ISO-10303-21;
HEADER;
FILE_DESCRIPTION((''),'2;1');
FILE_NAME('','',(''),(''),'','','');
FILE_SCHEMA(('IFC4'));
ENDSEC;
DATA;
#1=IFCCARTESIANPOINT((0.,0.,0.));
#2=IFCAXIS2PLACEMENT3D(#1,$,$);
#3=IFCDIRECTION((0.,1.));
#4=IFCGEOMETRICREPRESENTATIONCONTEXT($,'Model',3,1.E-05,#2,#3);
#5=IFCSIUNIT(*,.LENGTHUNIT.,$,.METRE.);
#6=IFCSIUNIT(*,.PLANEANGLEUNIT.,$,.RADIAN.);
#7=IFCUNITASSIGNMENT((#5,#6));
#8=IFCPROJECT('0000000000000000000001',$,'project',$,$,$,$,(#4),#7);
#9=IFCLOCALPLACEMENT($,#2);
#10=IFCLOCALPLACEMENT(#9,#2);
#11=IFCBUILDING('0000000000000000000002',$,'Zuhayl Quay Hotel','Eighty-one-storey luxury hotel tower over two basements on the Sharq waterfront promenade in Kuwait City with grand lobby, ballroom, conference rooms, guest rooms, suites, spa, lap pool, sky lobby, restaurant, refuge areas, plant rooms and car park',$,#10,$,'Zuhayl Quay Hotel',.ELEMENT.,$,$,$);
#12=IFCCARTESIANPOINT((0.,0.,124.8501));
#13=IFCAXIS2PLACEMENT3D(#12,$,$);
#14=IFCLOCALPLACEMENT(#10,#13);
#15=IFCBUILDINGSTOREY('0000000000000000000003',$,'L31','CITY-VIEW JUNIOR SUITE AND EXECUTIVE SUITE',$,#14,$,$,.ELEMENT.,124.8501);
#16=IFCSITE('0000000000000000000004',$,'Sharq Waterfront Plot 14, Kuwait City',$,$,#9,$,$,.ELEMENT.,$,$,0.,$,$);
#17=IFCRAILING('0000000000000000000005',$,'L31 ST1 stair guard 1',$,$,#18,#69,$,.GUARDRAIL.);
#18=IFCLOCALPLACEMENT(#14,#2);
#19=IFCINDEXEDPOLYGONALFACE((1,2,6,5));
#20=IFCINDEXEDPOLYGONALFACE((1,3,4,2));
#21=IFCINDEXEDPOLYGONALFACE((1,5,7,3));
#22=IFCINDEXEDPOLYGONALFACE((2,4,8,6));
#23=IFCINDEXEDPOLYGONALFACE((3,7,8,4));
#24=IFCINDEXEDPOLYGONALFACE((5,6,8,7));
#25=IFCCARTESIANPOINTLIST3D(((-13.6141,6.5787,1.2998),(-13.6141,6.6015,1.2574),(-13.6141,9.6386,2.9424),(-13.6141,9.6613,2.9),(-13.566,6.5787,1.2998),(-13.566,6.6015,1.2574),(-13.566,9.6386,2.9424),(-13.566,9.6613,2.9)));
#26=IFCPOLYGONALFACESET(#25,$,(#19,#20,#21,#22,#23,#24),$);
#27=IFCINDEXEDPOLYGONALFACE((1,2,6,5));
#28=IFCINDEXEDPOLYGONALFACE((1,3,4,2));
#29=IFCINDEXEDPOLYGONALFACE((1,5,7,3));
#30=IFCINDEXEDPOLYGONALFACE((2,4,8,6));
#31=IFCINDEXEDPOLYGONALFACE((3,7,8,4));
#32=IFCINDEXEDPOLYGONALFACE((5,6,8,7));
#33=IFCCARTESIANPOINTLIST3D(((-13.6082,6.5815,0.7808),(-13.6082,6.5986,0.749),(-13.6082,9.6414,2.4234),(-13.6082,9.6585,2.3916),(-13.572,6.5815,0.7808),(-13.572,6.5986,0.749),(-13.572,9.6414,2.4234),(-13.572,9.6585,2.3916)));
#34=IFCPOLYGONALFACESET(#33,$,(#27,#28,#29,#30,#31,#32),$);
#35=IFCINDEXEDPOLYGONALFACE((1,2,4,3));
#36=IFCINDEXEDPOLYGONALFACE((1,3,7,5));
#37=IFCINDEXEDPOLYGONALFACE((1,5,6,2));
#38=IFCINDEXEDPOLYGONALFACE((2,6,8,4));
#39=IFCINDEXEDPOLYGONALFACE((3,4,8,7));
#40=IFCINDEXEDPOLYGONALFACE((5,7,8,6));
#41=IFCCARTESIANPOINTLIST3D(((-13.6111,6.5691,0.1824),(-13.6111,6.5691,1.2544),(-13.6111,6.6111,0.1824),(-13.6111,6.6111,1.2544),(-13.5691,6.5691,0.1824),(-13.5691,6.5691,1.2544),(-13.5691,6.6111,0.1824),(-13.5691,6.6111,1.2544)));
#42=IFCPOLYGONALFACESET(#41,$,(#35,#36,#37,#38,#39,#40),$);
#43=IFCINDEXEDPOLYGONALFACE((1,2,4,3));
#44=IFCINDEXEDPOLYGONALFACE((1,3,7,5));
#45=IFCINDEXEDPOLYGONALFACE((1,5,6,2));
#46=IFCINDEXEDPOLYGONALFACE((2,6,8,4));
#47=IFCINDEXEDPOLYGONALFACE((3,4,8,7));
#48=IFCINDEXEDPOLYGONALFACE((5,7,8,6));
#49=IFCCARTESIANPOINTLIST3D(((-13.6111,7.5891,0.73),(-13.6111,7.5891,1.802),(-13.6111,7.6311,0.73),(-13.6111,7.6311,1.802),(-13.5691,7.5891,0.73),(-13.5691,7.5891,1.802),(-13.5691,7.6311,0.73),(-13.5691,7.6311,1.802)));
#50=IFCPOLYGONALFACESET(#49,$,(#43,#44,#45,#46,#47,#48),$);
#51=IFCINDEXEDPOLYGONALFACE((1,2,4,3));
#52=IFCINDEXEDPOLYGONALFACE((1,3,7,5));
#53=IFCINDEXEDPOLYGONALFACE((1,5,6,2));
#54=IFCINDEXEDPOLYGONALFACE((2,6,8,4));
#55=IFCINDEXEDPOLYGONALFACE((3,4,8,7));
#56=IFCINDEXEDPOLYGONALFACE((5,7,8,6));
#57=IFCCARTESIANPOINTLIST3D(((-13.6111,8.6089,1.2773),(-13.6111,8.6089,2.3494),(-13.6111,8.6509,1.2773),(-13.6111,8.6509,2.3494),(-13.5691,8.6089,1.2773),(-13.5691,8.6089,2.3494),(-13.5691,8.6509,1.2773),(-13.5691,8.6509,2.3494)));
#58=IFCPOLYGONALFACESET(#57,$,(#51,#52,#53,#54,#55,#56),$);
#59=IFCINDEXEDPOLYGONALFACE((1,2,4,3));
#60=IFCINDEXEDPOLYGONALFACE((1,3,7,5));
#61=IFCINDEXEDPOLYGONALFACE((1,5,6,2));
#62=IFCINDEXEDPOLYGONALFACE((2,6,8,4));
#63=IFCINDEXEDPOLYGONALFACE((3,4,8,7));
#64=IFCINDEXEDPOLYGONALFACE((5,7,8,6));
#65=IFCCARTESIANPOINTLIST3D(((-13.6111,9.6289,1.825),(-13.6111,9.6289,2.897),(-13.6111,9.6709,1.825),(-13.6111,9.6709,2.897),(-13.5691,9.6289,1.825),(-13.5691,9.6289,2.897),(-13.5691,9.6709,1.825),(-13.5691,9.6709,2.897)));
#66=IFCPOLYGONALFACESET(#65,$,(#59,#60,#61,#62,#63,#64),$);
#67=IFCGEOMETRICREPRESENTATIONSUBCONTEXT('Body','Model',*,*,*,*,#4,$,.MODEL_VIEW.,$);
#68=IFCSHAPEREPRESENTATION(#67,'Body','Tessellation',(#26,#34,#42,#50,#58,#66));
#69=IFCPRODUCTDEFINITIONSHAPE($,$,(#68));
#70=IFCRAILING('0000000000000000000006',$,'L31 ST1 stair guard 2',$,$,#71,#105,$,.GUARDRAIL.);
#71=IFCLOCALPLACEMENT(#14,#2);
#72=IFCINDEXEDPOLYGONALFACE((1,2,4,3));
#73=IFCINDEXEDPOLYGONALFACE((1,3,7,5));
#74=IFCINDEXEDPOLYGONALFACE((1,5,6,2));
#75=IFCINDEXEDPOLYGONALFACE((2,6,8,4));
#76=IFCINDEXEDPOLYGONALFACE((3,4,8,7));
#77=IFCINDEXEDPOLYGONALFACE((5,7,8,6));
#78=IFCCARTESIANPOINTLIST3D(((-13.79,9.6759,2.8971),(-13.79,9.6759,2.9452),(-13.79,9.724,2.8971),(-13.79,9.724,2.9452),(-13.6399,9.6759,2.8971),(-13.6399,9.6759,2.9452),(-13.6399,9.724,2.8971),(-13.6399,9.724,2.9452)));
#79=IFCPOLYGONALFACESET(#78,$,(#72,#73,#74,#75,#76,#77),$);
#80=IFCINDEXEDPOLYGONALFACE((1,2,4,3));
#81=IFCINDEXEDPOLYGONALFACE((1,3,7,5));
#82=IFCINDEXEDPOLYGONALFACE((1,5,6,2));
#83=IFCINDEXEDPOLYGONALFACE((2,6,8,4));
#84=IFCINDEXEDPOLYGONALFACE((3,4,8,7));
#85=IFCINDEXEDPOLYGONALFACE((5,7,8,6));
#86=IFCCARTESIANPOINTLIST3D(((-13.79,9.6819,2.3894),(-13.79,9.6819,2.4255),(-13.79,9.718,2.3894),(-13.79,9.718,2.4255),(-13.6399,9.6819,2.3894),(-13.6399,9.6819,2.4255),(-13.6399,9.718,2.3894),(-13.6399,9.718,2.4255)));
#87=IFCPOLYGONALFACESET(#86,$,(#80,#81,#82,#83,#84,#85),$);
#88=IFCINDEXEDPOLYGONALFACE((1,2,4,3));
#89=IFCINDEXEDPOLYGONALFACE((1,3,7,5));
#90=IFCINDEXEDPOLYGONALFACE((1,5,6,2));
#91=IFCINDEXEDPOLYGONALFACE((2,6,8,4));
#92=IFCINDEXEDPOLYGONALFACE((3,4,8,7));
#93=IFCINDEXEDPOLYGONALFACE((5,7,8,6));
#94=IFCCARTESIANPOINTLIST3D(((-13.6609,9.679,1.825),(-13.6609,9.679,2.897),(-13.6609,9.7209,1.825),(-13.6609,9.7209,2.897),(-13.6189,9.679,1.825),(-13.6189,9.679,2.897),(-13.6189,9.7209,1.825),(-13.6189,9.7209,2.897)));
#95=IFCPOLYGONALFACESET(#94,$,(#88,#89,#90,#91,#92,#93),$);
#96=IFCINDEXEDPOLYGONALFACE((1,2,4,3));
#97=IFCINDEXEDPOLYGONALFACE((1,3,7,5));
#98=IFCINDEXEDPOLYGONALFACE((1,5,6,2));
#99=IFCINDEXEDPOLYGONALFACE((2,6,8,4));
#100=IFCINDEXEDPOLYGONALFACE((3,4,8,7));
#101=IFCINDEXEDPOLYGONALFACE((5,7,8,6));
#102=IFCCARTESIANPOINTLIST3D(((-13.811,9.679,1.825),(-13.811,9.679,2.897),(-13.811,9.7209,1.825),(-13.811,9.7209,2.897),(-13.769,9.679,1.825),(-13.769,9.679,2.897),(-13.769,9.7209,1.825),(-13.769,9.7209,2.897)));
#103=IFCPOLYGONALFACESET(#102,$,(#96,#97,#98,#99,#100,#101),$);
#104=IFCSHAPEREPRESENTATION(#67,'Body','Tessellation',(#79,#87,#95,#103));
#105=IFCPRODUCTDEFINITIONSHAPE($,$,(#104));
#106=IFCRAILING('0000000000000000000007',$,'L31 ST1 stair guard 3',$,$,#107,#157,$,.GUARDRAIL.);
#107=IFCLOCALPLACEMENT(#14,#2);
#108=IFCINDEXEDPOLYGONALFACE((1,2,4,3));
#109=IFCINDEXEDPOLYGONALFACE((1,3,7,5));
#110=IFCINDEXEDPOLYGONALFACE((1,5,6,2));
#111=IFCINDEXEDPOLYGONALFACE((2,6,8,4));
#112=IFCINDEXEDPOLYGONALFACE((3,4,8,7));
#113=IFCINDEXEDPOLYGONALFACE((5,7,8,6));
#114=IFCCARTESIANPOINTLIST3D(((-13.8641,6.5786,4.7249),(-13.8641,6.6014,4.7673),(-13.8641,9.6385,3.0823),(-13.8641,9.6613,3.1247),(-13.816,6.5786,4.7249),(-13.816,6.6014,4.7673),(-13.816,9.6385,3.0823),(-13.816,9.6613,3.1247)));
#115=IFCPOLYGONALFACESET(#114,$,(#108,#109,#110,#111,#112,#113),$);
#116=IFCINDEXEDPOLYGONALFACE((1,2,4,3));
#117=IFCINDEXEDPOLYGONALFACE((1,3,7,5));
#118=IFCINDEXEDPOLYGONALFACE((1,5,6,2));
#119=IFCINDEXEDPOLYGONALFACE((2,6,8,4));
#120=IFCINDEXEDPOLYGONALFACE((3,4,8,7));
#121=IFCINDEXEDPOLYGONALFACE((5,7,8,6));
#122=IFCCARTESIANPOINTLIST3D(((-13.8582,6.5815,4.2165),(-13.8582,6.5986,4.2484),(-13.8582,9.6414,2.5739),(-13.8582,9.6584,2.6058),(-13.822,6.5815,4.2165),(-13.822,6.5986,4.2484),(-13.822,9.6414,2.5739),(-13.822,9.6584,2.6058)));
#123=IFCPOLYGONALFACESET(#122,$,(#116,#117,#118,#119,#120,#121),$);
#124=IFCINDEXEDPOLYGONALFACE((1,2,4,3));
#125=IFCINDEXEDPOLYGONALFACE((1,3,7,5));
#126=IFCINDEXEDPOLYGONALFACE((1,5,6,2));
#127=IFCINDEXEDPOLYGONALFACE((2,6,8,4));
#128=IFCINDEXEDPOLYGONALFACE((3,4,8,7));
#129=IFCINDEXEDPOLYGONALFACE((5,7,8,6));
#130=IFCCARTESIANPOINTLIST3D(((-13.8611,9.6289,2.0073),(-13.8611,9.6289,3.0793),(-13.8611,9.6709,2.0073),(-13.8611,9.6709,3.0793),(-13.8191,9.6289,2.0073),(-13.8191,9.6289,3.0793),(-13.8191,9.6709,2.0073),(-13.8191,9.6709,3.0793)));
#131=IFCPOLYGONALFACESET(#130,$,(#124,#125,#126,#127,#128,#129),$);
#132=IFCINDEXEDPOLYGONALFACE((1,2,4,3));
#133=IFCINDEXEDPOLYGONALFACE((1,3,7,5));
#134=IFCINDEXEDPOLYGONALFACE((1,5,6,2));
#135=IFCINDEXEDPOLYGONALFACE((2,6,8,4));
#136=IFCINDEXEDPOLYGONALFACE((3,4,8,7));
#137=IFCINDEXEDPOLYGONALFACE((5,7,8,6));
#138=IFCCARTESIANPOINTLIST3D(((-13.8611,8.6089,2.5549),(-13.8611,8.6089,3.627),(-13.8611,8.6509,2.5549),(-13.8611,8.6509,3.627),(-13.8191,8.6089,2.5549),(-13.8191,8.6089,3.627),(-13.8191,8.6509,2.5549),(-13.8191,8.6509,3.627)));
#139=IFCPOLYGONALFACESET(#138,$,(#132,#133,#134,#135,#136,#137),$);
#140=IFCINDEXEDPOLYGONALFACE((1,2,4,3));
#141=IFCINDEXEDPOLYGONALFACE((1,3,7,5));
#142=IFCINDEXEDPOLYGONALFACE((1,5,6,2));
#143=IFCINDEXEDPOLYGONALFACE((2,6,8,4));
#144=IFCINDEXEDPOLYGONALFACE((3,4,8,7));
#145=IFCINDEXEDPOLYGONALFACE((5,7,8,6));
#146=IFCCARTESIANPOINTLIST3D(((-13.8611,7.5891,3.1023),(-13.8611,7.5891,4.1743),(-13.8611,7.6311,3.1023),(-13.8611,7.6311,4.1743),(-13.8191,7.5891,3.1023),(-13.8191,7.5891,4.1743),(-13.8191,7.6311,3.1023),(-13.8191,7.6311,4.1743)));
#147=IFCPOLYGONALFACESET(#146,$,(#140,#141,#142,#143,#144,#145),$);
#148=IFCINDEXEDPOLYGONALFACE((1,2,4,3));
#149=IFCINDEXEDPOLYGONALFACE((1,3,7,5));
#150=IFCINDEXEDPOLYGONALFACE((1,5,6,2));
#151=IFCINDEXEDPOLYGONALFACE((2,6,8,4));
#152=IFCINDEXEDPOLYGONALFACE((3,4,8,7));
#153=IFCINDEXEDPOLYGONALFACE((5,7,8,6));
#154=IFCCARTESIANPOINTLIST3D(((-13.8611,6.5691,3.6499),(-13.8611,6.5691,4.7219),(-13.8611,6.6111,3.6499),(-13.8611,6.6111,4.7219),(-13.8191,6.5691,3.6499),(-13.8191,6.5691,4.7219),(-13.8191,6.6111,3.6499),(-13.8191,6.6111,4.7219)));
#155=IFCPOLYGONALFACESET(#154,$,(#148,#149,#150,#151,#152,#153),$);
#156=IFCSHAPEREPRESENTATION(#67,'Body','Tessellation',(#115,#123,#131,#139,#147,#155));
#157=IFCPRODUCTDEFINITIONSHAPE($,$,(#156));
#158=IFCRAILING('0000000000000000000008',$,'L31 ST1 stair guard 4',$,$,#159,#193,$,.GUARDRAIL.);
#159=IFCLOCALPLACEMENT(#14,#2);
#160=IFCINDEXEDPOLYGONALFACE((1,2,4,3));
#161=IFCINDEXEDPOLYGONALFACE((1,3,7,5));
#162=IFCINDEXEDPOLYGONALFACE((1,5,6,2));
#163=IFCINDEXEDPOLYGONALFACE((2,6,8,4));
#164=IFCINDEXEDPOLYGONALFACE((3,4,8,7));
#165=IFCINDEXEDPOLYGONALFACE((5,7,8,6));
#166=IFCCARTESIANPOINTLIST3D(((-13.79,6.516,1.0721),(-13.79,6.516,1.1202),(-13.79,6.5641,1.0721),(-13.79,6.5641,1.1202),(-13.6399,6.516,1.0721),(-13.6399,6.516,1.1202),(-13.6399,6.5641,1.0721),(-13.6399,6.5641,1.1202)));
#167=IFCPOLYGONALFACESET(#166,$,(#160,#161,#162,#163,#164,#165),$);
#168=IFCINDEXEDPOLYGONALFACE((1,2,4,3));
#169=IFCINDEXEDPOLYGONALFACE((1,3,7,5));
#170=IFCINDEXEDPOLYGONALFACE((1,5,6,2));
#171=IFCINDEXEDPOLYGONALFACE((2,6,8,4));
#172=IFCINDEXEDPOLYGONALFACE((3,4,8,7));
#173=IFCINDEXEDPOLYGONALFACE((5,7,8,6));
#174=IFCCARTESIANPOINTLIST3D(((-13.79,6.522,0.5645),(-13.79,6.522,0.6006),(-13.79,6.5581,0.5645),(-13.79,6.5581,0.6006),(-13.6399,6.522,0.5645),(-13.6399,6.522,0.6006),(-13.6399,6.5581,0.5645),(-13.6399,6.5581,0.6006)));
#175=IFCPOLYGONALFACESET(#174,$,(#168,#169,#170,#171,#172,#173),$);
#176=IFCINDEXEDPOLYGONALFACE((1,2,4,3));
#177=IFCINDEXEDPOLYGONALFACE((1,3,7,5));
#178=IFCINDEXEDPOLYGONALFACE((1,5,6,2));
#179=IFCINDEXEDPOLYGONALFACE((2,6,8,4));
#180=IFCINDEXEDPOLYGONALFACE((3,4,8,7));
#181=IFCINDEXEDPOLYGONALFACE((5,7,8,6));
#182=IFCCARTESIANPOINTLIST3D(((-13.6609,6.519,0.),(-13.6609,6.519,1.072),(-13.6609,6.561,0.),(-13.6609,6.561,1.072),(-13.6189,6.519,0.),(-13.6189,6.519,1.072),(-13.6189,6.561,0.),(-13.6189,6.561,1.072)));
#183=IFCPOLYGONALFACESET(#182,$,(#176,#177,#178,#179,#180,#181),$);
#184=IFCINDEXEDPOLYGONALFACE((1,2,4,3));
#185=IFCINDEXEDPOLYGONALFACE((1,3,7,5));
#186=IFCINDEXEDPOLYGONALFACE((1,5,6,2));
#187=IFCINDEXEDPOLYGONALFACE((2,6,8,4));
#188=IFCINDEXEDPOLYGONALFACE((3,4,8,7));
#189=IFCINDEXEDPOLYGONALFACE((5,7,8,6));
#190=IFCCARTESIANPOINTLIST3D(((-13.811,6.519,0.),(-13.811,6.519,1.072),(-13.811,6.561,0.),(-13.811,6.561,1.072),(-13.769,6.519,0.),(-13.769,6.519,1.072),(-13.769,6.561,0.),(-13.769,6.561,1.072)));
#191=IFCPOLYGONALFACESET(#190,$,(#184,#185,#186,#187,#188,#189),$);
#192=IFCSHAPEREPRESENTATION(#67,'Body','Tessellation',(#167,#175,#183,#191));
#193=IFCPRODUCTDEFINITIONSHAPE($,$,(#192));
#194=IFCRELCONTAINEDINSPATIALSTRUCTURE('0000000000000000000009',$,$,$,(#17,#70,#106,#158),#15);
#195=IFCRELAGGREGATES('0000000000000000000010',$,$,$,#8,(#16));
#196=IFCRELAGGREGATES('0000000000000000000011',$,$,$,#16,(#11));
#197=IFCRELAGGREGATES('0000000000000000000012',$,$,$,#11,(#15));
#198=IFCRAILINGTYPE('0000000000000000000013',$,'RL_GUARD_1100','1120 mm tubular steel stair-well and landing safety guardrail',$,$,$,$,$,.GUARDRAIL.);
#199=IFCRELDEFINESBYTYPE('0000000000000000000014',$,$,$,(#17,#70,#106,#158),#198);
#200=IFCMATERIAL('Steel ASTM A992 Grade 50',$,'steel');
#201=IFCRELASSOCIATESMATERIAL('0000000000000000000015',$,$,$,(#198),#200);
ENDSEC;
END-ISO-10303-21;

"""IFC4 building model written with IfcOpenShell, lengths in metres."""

from ifc_helpers import new_model, si_unit, direction, frame, origin, origin_2d, place, context, subcontext, project, spatial, rectangle, extrude, material, type_object, element, save


model = new_model("IFC4")

# Units and contexts
model_context = context("Model", 3, precision=1e-05, world=origin(), true_north=direction((0.0, 1.0)))
body_context = subcontext(model_context, "Body", "Model", "MODEL_VIEW")
ifc_project = project(units=[si_unit("LENGTHUNIT", "METRE"), si_unit("PLANEANGLEUNIT", "RADIAN")], contexts=[model_context])

# Site, building, storey
site_placement = place(None, origin())
site = spatial("IfcSite", under=ifc_project, at=site_placement, Name="Sharq Waterfront Plot 14, Kuwait City", CompositionType="ELEMENT", RefElevation=0.0)
building_placement = place(site_placement, origin())
building = spatial("IfcBuilding", under=site, at=building_placement, Name="Zuhayl Quay Hotel", Description="Eighty-one-storey luxury hotel tower over two basements on the Sharq waterfront promenade in Kuwait City with grand lobby, ballroom, conference rooms, guest rooms, suites, spa, lap pool, sky lobby, restaurant, refuge areas, plant rooms and car park", LongName="Zuhayl Quay Hotel", CompositionType="ELEMENT")
storey_placement = place(building_placement, frame((0.0, 0.0, 124.8501)))
storey = spatial("IfcBuildingStorey", under=building, at=storey_placement, Name="L31", Description="CITY-VIEW JUNIOR SUITE AND EXECUTIVE SUITE", CompositionType="ELEMENT", Elevation=124.8501)

# Shared definitions
ifc_material_1 = material(Name="Steel ASTM A992 Grade 50", Category="steel")

# Railings
railing_type_1 = type_object("IfcRailingType", Name="RL_GUARD_1100", Description="1120 mm tubular steel stair-well and landing safety guardrail", PredefinedType="GUARDRAIL", material=ifc_material_1)
railing_1_placement = place(storey_placement, frame((-13.5901, 6.5901, 0.1824)))
element("IfcRailing", 1, at=railing_1_placement, inside=storey, type_object=railing_type_1, Name="L31 ST1 stair guard 1", PredefinedType="GUARDRAIL", context=body_context, shape_type="SweptSolid", body=[
    extrude(rectangle(XDim=0.0481, YDim=0.0481, at=origin_2d()), frame((0.0, 0.0, 1.0962), z_axis=(0.0, 0.881073, 0.47298), x_axis=(-1.0, 0.0, 0.0)), (0.0, 0.0, 1.0), 3.4729),
    extrude(rectangle(XDim=0.0361, YDim=0.0361, at=origin_2d()), frame((0.0, 0.0, 0.5825), z_axis=(0.0, 0.881073, 0.47298), x_axis=(-1.0, 0.0, 0.0)), (0.0, 0.0, 1.0), 3.4729),
    extrude(rectangle(XDim=0.042, YDim=0.042, at=origin_2d()), origin(), (0.0, 0.0, 1.0), 1.072),
    extrude(rectangle(XDim=0.042, YDim=0.042, at=origin_2d()), frame((0.0, 1.02, 0.5476)), (0.0, 0.0, 1.0), 1.072),
    extrude(rectangle(XDim=0.042, YDim=0.042, at=origin_2d()), frame((0.0, 2.0398, 1.095)), (0.0, 0.0, 1.0), 1.072),
    extrude(rectangle(XDim=0.042, YDim=0.042, at=origin_2d()), frame((0.0, 3.0598, 1.6426)), (0.0, 0.0, 1.0), 1.072),
])
railing_2_placement = place(storey_placement, frame((-13.6399, 9.7, 1.825)))
element("IfcRailing", 2, at=railing_2_placement, inside=storey, type_object=railing_type_1, Name="L31 ST1 stair guard 2", PredefinedType="GUARDRAIL", context=body_context, shape_type="SweptSolid", body=[
    extrude(rectangle(XDim=0.0481, YDim=0.0481, at=origin_2d()), frame((0.0, 0.0, 1.0962), z_axis=(-1.0, 0.0, 0.0), x_axis=(0.0, -1.0, 0.0)), (0.0, 0.0, 1.0), 0.1501),
    extrude(rectangle(XDim=0.0361, YDim=0.0361, at=origin_2d()), frame((0.0, 0.0, 0.5825), z_axis=(-1.0, 0.0, 0.0), x_axis=(0.0, -1.0, 0.0)), (0.0, 0.0, 1.0), 0.1501),
    extrude(rectangle(XDim=0.042, YDim=0.042, at=origin_2d()), origin(), (0.0, 0.0, 1.0), 1.072),
    extrude(rectangle(XDim=0.042, YDim=0.042, at=origin_2d()), frame((-0.1501, 0.0, 0.0)), (0.0, 0.0, 1.0), 1.072),
])
railing_3_placement = place(storey_placement, frame((-13.8401, 9.6499, 2.0073)))
element("IfcRailing", 3, at=railing_3_placement, inside=storey, type_object=railing_type_1, Name="L31 ST1 stair guard 3", PredefinedType="GUARDRAIL", context=body_context, shape_type="SweptSolid", body=[
    extrude(rectangle(XDim=0.0481, YDim=0.0481, at=origin_2d()), frame((0.0, 0.0, 1.0962), z_axis=(0.0, -0.881073, 0.47298), x_axis=(1.0, 0.0, 0.0)), (0.0, 0.0, 1.0), 3.4729),
    extrude(rectangle(XDim=0.0361, YDim=0.0361, at=origin_2d()), frame((0.0, 0.0, 0.5825), z_axis=(0.0, -0.881073, 0.47298), x_axis=(1.0, 0.0, 0.0)), (0.0, 0.0, 1.0), 3.4729),
    extrude(rectangle(XDim=0.042, YDim=0.042, at=origin_2d()), origin(), (0.0, 0.0, 1.0), 1.072),
    extrude(rectangle(XDim=0.042, YDim=0.042, at=origin_2d()), frame((0.0, -1.02, 0.5476)), (0.0, 0.0, 1.0), 1.072),
    extrude(rectangle(XDim=0.042, YDim=0.042, at=origin_2d()), frame((0.0, -2.0398, 1.095)), (0.0, 0.0, 1.0), 1.072),
    extrude(rectangle(XDim=0.042, YDim=0.042, at=origin_2d()), frame((0.0, -3.0598, 1.6426)), (0.0, 0.0, 1.0), 1.072),
])
railing_4_placement = place(storey_placement, frame((-13.6399, 6.54, 0.0)))
element("IfcRailing", 4, at=railing_4_placement, inside=storey, type_object=railing_type_1, Name="L31 ST1 stair guard 4", PredefinedType="GUARDRAIL", context=body_context, shape_type="SweptSolid", body=[
    extrude(rectangle(XDim=0.0481, YDim=0.0481, at=origin_2d()), frame((0.0, 0.0, 1.0962), z_axis=(-1.0, 0.0, 0.0), x_axis=(0.0, -1.0, 0.0)), (0.0, 0.0, 1.0), 0.1501),
    extrude(rectangle(XDim=0.0361, YDim=0.0361, at=origin_2d()), frame((0.0, 0.0, 0.5825), z_axis=(-1.0, 0.0, 0.0), x_axis=(0.0, -1.0, 0.0)), (0.0, 0.0, 1.0), 0.1501),
    extrude(rectangle(XDim=0.042, YDim=0.042, at=origin_2d()), origin(), (0.0, 0.0, 1.0), 1.072),
    extrude(rectangle(XDim=0.042, YDim=0.042, at=origin_2d()), frame((-0.1501, 0.0, 0.0)), (0.0, 0.0, 1.0), 1.072),
])

save(model, "model.ifc")
